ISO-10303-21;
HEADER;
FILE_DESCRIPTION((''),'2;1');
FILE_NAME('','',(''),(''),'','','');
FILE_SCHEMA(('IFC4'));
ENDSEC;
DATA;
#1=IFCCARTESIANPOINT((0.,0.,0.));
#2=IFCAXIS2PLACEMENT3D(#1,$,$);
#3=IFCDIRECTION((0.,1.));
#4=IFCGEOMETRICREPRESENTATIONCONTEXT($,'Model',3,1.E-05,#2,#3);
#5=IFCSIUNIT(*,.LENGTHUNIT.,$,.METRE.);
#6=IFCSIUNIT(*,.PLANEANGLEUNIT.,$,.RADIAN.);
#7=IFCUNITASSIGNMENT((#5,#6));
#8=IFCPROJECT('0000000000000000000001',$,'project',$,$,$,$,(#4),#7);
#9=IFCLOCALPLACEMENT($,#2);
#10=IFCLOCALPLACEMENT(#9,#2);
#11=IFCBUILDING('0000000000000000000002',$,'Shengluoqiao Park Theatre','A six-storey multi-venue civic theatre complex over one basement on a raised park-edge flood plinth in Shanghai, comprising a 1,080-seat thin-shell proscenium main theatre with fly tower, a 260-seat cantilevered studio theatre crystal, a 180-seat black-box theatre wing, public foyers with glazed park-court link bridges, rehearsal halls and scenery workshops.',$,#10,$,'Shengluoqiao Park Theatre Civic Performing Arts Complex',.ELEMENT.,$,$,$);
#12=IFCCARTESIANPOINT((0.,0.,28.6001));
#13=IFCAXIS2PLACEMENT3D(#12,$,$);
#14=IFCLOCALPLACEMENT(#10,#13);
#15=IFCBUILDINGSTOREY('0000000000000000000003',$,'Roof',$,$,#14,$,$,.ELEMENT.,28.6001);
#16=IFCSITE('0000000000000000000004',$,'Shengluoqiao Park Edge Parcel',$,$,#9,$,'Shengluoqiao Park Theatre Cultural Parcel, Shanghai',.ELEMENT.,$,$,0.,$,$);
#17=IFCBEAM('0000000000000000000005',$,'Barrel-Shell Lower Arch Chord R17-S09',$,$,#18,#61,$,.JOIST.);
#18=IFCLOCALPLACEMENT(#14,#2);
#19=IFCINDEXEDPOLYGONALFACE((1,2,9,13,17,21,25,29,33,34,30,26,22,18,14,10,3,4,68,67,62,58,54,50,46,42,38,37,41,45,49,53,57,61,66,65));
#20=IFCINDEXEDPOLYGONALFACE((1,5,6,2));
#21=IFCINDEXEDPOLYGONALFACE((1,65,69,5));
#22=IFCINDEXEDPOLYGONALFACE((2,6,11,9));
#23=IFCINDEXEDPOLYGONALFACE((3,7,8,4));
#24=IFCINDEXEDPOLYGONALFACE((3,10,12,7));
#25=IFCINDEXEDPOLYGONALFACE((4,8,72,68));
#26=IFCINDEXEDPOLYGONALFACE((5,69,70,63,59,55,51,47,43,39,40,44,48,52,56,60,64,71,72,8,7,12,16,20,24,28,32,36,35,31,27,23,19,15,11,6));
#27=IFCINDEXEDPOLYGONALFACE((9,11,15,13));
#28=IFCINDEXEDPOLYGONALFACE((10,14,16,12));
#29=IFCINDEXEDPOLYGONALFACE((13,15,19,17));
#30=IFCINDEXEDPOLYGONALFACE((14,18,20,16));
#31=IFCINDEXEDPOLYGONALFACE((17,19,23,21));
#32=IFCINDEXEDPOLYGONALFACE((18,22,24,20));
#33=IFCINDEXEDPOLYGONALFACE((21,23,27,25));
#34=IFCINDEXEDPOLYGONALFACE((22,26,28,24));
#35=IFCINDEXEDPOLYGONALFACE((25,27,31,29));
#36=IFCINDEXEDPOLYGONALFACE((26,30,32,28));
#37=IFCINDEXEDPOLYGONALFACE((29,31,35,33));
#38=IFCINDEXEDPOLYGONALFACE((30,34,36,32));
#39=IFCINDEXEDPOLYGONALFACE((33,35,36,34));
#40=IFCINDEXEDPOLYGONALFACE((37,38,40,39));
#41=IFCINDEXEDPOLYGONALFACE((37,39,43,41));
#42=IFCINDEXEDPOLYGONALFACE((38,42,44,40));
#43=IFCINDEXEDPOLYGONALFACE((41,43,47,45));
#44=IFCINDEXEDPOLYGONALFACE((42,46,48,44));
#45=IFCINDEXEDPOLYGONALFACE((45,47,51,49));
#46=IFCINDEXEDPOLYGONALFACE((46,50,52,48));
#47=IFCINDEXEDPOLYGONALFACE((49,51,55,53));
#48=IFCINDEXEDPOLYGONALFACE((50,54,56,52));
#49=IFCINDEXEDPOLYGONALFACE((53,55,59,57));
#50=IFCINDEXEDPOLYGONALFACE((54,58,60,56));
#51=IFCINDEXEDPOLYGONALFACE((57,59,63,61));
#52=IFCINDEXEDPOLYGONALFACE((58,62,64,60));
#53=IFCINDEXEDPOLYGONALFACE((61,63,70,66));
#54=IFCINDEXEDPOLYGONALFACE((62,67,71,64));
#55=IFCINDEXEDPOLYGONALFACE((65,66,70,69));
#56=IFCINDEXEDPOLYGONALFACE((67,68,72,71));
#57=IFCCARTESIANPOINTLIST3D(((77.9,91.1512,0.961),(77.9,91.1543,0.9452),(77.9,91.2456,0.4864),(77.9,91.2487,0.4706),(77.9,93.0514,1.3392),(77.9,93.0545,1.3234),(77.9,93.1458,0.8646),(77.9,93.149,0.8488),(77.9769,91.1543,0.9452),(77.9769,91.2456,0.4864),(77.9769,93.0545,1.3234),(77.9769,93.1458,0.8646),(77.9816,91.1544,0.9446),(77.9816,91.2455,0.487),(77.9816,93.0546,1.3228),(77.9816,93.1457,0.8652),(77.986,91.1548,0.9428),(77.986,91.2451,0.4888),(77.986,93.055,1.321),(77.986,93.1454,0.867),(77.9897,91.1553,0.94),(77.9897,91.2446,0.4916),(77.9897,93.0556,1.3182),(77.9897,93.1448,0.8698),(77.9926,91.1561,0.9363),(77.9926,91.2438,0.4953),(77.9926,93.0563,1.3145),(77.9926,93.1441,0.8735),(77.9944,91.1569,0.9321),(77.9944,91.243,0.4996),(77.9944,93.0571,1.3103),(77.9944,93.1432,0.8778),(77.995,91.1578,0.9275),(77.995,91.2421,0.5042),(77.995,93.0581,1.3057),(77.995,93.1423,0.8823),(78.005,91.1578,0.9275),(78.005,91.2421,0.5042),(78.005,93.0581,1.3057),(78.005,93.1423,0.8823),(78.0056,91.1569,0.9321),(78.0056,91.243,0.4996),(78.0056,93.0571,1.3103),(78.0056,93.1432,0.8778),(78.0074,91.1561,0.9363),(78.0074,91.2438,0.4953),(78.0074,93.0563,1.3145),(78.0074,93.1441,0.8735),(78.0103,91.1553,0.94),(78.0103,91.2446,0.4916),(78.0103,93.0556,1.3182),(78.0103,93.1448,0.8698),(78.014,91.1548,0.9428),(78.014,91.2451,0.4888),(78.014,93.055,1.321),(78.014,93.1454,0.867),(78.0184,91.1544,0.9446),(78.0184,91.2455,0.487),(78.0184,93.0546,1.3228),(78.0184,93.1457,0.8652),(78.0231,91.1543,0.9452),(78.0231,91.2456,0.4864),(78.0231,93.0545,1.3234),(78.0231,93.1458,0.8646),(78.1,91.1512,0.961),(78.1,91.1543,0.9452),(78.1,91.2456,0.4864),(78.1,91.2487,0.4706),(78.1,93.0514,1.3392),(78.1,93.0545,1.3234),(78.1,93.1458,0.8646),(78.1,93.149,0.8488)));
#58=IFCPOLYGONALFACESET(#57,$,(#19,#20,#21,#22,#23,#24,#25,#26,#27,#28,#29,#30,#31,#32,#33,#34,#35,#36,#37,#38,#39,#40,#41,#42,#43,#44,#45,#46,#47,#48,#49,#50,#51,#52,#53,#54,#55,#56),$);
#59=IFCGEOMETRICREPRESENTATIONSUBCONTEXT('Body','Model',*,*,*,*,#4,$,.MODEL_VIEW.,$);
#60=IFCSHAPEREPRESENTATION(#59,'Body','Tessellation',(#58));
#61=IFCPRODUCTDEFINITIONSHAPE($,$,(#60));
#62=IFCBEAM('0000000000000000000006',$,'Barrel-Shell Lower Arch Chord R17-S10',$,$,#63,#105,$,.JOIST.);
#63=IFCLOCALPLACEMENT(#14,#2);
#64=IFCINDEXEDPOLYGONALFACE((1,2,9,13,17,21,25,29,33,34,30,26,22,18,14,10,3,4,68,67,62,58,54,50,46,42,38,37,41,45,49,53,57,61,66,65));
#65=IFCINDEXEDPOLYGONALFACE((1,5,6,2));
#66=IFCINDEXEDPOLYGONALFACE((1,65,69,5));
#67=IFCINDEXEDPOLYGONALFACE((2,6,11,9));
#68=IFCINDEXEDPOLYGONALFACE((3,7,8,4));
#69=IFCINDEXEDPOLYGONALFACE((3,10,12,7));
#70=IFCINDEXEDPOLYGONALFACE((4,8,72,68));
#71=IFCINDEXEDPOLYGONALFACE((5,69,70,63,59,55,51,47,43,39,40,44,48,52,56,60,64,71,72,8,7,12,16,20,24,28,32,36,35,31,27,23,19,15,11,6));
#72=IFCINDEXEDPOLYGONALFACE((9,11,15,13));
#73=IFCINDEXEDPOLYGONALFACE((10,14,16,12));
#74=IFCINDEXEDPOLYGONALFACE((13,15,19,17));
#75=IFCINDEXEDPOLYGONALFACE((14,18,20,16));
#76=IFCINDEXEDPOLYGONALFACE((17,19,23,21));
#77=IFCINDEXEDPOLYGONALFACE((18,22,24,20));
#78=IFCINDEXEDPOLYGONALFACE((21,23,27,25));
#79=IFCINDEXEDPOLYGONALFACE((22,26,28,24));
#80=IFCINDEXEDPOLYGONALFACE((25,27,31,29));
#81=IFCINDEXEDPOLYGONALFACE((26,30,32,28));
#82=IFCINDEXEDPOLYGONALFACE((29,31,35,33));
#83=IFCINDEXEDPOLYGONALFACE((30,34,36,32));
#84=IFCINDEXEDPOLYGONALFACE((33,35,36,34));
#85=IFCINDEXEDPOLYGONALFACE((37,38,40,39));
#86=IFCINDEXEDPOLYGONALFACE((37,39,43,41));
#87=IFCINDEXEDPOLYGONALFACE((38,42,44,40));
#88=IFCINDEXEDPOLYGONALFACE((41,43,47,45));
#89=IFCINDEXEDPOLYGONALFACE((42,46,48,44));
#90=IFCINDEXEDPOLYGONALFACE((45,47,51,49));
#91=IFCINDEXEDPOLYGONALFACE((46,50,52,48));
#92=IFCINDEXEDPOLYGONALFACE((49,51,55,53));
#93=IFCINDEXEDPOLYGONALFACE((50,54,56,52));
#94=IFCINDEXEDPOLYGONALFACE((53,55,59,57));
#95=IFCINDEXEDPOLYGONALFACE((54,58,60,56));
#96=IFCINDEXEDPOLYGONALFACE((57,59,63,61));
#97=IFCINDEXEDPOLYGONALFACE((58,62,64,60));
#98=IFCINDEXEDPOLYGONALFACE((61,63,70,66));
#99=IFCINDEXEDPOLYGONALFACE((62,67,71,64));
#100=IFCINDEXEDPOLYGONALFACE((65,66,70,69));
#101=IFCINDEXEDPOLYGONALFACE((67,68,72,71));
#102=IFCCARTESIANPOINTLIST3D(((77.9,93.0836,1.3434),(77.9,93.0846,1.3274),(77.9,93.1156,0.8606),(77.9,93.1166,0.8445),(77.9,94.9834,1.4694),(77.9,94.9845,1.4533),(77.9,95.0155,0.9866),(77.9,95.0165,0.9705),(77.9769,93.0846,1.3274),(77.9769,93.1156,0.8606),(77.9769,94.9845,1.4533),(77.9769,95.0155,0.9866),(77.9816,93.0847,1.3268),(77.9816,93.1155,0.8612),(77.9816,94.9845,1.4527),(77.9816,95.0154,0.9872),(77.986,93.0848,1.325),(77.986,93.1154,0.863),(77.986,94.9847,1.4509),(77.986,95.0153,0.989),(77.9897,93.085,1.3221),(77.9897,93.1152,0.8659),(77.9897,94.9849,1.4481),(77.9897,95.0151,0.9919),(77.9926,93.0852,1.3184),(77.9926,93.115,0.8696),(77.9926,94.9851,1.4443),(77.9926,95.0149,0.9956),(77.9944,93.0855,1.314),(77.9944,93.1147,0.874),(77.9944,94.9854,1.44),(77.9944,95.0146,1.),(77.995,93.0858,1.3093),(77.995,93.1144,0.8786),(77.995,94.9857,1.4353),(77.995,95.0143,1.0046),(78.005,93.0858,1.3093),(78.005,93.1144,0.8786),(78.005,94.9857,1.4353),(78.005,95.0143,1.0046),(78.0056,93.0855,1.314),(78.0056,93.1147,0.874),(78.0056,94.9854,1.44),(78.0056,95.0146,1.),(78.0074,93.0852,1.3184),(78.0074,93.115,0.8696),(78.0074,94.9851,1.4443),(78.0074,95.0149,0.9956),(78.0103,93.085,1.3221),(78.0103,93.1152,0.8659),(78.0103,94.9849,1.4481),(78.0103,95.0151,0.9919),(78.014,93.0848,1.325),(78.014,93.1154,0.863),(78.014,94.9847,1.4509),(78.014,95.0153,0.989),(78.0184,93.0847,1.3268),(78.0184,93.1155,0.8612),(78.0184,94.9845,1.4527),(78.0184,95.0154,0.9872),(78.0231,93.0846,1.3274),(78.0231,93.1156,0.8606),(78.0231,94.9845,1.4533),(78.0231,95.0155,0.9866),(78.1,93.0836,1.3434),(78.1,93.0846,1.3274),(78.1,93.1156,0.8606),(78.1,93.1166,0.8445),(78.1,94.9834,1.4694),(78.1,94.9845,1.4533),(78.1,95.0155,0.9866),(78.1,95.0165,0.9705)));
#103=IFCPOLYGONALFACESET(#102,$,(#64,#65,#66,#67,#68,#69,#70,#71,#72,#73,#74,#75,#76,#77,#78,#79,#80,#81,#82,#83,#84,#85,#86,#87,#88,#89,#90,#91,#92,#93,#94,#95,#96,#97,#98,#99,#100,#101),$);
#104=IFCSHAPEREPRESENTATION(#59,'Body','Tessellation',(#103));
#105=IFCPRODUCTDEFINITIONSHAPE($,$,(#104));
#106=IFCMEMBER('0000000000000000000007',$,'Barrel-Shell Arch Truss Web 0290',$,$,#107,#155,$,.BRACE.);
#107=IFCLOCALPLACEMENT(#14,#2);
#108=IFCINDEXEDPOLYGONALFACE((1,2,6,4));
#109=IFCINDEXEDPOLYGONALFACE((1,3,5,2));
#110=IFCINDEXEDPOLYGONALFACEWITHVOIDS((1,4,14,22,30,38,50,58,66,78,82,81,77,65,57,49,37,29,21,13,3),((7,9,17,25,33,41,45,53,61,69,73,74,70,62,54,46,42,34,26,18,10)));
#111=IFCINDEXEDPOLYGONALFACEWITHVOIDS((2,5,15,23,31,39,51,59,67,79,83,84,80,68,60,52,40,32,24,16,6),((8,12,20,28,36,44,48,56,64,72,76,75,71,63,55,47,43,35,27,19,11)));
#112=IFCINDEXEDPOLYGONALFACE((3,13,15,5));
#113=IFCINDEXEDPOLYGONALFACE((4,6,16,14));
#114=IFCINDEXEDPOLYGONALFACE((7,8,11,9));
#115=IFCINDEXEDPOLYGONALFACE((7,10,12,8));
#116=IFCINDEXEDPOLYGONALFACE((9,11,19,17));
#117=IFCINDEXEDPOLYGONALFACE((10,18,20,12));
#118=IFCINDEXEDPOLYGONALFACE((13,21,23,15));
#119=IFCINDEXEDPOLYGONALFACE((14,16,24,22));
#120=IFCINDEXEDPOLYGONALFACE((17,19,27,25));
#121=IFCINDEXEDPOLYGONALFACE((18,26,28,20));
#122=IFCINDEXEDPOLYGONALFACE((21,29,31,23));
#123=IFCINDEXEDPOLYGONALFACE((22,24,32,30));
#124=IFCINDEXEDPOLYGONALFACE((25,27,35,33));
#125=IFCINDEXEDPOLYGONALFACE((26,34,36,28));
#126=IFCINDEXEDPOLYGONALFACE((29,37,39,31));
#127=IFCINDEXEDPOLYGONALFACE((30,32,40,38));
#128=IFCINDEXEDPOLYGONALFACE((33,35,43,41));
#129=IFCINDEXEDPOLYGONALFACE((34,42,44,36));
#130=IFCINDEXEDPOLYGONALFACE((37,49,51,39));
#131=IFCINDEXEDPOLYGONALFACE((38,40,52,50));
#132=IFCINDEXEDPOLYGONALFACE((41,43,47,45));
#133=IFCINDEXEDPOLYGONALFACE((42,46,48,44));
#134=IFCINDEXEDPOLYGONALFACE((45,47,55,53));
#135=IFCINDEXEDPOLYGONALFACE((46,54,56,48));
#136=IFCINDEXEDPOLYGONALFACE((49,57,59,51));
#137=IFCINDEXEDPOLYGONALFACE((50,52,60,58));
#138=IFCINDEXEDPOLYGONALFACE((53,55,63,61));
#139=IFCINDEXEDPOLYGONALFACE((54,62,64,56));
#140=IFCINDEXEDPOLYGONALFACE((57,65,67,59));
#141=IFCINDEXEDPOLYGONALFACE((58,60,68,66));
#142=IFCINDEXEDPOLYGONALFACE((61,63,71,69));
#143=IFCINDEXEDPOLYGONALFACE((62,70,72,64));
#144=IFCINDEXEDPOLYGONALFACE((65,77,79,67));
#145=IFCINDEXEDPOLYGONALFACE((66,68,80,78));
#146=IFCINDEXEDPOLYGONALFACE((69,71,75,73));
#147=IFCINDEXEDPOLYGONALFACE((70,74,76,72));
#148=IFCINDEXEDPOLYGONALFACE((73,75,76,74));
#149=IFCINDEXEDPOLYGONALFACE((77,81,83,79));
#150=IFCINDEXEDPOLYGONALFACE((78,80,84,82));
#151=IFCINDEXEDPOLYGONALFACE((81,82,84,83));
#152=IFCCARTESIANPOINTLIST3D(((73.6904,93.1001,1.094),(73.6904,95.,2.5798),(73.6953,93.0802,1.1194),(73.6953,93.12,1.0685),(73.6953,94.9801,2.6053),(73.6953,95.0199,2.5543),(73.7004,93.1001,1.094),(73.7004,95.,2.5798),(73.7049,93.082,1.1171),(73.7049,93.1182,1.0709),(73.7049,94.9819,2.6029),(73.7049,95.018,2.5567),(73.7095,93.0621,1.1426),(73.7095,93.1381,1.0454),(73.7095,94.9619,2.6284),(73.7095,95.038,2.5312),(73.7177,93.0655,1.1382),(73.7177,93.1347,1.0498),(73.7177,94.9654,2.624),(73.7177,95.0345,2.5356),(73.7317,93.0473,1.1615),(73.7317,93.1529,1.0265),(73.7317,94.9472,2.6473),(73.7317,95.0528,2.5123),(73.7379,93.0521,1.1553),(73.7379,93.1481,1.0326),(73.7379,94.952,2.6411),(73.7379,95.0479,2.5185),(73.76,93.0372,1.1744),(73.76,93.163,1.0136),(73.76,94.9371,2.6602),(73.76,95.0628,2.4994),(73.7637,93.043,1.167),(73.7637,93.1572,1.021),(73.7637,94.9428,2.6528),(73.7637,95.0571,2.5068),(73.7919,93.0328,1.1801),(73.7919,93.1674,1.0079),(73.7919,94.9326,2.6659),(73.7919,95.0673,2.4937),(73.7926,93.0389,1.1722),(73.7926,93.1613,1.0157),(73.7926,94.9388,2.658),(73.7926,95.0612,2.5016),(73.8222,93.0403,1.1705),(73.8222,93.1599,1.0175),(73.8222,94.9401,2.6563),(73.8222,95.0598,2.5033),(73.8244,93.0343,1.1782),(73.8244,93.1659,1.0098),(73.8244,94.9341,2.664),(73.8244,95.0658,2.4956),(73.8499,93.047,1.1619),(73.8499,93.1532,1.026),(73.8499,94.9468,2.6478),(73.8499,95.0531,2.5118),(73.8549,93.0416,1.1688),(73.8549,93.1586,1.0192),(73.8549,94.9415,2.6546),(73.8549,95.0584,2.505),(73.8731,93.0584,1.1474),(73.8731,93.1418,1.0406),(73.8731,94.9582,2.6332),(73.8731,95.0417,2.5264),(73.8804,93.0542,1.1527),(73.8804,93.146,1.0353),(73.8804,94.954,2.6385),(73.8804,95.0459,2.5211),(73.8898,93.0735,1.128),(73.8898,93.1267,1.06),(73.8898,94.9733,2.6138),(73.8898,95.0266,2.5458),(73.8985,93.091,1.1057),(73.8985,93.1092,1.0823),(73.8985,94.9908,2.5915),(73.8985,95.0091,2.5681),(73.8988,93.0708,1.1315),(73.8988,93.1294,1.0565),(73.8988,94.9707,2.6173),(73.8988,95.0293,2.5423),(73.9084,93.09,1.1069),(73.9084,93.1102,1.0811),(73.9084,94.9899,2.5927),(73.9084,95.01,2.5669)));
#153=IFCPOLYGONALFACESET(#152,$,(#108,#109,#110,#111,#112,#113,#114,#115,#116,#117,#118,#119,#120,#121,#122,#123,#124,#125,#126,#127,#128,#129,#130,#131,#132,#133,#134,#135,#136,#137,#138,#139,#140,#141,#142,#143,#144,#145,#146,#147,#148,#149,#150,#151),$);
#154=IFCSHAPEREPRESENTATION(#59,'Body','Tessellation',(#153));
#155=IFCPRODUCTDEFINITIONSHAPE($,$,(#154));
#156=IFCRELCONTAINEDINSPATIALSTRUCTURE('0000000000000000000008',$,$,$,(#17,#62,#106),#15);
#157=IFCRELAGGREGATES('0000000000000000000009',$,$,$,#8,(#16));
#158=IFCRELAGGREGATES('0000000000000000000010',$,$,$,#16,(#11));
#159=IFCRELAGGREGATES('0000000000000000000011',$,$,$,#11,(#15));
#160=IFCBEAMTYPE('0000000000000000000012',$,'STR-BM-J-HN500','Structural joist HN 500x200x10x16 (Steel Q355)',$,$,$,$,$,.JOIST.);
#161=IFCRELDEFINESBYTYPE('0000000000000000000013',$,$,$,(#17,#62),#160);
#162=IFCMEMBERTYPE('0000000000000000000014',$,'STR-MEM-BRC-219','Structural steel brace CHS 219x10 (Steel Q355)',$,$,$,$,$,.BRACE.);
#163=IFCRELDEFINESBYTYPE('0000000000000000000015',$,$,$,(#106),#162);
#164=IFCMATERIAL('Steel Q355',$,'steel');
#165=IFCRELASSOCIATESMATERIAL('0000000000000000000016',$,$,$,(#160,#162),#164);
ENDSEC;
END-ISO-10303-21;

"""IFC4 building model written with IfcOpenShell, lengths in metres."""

from ifc_helpers import new_model, si_unit, direction, frame, origin, origin_2d, place, context, subcontext, project, spatial, hollow_circle, i_section, extrude, material, material_profile, profile_set, type_object, element, save


model = new_model("IFC4")

# Units and contexts
model_context = context("Model", 3, precision=1e-05, world=origin(), true_north=direction((0.0, 1.0)))
body_context = subcontext(model_context, "Body", "Model", "MODEL_VIEW")
ifc_project = project(units=[si_unit("LENGTHUNIT", "METRE"), si_unit("PLANEANGLEUNIT", "RADIAN")], contexts=[model_context])

# Site, building, storey
site_placement = place(None, origin())
site = spatial("IfcSite", under=ifc_project, at=site_placement, Name="Shengluoqiao Park Edge Parcel", LongName="Shengluoqiao Park Theatre Cultural Parcel, Shanghai", CompositionType="ELEMENT", RefElevation=0.0)
building_placement = place(site_placement, origin())
building = spatial("IfcBuilding", under=site, at=building_placement, Name="Shengluoqiao Park Theatre", Description="A six-storey multi-venue civic theatre complex over one basement on a raised park-edge flood plinth in Shanghai, comprising a 1,080-seat thin-shell proscenium main theatre with fly tower, a 260-seat cantilevered studio theatre crystal, a 180-seat black-box theatre wing, public foyers with glazed park-court link bridges, rehearsal halls and scenery workshops.", LongName="Shengluoqiao Park Theatre Civic Performing Arts Complex", CompositionType="ELEMENT")
storey_placement = place(building_placement, frame((0.0, 0.0, 28.6001)))
storey = spatial("IfcBuildingStorey", under=building, at=storey_placement, Name="Roof", CompositionType="ELEMENT", Elevation=28.6001)

# Beams
ifc_material_1 = material(Name="Steel Q355", Category="steel")
ifc_material_profile_1 = material_profile(ifc_material_1, i_section(OverallWidth=0.2, OverallDepth=0.5, WebThickness=0.01, FlangeThickness=0.0161, FilletRadius=0.0181, at=origin_2d()), Name="HN 500x200x10x16")
ifc_profile_set_1 = profile_set([ifc_material_profile_1], Name="Steel Q355")
beam_type_1 = type_object("IfcBeamType", Name="STR-BM-J-HN500", Description="Structural joist HN 500x200x10x16 (Steel Q355)", PredefinedType="JOIST", material=ifc_profile_set_1)
beam_1_placement = place(storey_placement, frame((78.0, 91.2, 0.7158), z_axis=(0.0, 0.980764, 0.195195), x_axis=(-1.0, 0.0, 0.0)))
element("IfcBeam", 1, at=beam_1_placement, inside=storey, type_object=beam_type_1, Name="Barrel-Shell Lower Arch Chord R17-S09", PredefinedType="JOIST", context=body_context, shape_type="SweptSolid", body=[
    extrude(i_section(OverallWidth=0.2, OverallDepth=0.5, WebThickness=0.01, FlangeThickness=0.0161, FilletRadius=0.0181, at=origin_2d()), origin(), (0.0, 0.0, 1.0), 1.9375),
])
beam_2_placement = place(storey_placement, frame((78.0, 93.1001, 1.094), z_axis=(0.0, 0.997809, 0.066162), x_axis=(-1.0, 0.0, 0.0)))
element("IfcBeam", 2, at=beam_2_placement, inside=storey, type_object=beam_type_1, Name="Barrel-Shell Lower Arch Chord R17-S10", PredefinedType="JOIST", context=body_context, shape_type="SweptSolid", body=[
    extrude(i_section(OverallWidth=0.2, OverallDepth=0.5, WebThickness=0.01, FlangeThickness=0.0161, FilletRadius=0.0181, at=origin_2d()), origin(), (0.0, 0.0, 1.0), 1.9041),
])

# Member
ifc_material_profile_2 = material_profile(ifc_material_1, hollow_circle(Radius=0.1096, WallThickness=0.01, at=origin_2d()), Name="CHS 219x10")
ifc_profile_set_2 = profile_set([ifc_material_profile_2], Name="Steel Q355")
member_type_1 = type_object("IfcMemberType", Name="STR-MEM-BRC-219", Description="Structural steel brace CHS 219x10 (Steel Q355)", PredefinedType="BRACE", material=ifc_profile_set_2)
member_1_placement = place(storey_placement, frame((73.8, 93.1001, 1.094), z_axis=(0.0, 0.787714, 0.616041), x_axis=(-1.0, 0.0, 0.0)))
element("IfcMember", 3, at=member_1_placement, inside=storey, type_object=member_type_1, Name="Barrel-Shell Arch Truss Web 0290", PredefinedType="BRACE", context=body_context, shape_type="SweptSolid", body=[
    extrude(hollow_circle(Radius=0.1096, WallThickness=0.01, at=origin_2d()), origin(), (0.0, 0.0, 1.0), 2.4119),
])

save(model, "model.ifc")
